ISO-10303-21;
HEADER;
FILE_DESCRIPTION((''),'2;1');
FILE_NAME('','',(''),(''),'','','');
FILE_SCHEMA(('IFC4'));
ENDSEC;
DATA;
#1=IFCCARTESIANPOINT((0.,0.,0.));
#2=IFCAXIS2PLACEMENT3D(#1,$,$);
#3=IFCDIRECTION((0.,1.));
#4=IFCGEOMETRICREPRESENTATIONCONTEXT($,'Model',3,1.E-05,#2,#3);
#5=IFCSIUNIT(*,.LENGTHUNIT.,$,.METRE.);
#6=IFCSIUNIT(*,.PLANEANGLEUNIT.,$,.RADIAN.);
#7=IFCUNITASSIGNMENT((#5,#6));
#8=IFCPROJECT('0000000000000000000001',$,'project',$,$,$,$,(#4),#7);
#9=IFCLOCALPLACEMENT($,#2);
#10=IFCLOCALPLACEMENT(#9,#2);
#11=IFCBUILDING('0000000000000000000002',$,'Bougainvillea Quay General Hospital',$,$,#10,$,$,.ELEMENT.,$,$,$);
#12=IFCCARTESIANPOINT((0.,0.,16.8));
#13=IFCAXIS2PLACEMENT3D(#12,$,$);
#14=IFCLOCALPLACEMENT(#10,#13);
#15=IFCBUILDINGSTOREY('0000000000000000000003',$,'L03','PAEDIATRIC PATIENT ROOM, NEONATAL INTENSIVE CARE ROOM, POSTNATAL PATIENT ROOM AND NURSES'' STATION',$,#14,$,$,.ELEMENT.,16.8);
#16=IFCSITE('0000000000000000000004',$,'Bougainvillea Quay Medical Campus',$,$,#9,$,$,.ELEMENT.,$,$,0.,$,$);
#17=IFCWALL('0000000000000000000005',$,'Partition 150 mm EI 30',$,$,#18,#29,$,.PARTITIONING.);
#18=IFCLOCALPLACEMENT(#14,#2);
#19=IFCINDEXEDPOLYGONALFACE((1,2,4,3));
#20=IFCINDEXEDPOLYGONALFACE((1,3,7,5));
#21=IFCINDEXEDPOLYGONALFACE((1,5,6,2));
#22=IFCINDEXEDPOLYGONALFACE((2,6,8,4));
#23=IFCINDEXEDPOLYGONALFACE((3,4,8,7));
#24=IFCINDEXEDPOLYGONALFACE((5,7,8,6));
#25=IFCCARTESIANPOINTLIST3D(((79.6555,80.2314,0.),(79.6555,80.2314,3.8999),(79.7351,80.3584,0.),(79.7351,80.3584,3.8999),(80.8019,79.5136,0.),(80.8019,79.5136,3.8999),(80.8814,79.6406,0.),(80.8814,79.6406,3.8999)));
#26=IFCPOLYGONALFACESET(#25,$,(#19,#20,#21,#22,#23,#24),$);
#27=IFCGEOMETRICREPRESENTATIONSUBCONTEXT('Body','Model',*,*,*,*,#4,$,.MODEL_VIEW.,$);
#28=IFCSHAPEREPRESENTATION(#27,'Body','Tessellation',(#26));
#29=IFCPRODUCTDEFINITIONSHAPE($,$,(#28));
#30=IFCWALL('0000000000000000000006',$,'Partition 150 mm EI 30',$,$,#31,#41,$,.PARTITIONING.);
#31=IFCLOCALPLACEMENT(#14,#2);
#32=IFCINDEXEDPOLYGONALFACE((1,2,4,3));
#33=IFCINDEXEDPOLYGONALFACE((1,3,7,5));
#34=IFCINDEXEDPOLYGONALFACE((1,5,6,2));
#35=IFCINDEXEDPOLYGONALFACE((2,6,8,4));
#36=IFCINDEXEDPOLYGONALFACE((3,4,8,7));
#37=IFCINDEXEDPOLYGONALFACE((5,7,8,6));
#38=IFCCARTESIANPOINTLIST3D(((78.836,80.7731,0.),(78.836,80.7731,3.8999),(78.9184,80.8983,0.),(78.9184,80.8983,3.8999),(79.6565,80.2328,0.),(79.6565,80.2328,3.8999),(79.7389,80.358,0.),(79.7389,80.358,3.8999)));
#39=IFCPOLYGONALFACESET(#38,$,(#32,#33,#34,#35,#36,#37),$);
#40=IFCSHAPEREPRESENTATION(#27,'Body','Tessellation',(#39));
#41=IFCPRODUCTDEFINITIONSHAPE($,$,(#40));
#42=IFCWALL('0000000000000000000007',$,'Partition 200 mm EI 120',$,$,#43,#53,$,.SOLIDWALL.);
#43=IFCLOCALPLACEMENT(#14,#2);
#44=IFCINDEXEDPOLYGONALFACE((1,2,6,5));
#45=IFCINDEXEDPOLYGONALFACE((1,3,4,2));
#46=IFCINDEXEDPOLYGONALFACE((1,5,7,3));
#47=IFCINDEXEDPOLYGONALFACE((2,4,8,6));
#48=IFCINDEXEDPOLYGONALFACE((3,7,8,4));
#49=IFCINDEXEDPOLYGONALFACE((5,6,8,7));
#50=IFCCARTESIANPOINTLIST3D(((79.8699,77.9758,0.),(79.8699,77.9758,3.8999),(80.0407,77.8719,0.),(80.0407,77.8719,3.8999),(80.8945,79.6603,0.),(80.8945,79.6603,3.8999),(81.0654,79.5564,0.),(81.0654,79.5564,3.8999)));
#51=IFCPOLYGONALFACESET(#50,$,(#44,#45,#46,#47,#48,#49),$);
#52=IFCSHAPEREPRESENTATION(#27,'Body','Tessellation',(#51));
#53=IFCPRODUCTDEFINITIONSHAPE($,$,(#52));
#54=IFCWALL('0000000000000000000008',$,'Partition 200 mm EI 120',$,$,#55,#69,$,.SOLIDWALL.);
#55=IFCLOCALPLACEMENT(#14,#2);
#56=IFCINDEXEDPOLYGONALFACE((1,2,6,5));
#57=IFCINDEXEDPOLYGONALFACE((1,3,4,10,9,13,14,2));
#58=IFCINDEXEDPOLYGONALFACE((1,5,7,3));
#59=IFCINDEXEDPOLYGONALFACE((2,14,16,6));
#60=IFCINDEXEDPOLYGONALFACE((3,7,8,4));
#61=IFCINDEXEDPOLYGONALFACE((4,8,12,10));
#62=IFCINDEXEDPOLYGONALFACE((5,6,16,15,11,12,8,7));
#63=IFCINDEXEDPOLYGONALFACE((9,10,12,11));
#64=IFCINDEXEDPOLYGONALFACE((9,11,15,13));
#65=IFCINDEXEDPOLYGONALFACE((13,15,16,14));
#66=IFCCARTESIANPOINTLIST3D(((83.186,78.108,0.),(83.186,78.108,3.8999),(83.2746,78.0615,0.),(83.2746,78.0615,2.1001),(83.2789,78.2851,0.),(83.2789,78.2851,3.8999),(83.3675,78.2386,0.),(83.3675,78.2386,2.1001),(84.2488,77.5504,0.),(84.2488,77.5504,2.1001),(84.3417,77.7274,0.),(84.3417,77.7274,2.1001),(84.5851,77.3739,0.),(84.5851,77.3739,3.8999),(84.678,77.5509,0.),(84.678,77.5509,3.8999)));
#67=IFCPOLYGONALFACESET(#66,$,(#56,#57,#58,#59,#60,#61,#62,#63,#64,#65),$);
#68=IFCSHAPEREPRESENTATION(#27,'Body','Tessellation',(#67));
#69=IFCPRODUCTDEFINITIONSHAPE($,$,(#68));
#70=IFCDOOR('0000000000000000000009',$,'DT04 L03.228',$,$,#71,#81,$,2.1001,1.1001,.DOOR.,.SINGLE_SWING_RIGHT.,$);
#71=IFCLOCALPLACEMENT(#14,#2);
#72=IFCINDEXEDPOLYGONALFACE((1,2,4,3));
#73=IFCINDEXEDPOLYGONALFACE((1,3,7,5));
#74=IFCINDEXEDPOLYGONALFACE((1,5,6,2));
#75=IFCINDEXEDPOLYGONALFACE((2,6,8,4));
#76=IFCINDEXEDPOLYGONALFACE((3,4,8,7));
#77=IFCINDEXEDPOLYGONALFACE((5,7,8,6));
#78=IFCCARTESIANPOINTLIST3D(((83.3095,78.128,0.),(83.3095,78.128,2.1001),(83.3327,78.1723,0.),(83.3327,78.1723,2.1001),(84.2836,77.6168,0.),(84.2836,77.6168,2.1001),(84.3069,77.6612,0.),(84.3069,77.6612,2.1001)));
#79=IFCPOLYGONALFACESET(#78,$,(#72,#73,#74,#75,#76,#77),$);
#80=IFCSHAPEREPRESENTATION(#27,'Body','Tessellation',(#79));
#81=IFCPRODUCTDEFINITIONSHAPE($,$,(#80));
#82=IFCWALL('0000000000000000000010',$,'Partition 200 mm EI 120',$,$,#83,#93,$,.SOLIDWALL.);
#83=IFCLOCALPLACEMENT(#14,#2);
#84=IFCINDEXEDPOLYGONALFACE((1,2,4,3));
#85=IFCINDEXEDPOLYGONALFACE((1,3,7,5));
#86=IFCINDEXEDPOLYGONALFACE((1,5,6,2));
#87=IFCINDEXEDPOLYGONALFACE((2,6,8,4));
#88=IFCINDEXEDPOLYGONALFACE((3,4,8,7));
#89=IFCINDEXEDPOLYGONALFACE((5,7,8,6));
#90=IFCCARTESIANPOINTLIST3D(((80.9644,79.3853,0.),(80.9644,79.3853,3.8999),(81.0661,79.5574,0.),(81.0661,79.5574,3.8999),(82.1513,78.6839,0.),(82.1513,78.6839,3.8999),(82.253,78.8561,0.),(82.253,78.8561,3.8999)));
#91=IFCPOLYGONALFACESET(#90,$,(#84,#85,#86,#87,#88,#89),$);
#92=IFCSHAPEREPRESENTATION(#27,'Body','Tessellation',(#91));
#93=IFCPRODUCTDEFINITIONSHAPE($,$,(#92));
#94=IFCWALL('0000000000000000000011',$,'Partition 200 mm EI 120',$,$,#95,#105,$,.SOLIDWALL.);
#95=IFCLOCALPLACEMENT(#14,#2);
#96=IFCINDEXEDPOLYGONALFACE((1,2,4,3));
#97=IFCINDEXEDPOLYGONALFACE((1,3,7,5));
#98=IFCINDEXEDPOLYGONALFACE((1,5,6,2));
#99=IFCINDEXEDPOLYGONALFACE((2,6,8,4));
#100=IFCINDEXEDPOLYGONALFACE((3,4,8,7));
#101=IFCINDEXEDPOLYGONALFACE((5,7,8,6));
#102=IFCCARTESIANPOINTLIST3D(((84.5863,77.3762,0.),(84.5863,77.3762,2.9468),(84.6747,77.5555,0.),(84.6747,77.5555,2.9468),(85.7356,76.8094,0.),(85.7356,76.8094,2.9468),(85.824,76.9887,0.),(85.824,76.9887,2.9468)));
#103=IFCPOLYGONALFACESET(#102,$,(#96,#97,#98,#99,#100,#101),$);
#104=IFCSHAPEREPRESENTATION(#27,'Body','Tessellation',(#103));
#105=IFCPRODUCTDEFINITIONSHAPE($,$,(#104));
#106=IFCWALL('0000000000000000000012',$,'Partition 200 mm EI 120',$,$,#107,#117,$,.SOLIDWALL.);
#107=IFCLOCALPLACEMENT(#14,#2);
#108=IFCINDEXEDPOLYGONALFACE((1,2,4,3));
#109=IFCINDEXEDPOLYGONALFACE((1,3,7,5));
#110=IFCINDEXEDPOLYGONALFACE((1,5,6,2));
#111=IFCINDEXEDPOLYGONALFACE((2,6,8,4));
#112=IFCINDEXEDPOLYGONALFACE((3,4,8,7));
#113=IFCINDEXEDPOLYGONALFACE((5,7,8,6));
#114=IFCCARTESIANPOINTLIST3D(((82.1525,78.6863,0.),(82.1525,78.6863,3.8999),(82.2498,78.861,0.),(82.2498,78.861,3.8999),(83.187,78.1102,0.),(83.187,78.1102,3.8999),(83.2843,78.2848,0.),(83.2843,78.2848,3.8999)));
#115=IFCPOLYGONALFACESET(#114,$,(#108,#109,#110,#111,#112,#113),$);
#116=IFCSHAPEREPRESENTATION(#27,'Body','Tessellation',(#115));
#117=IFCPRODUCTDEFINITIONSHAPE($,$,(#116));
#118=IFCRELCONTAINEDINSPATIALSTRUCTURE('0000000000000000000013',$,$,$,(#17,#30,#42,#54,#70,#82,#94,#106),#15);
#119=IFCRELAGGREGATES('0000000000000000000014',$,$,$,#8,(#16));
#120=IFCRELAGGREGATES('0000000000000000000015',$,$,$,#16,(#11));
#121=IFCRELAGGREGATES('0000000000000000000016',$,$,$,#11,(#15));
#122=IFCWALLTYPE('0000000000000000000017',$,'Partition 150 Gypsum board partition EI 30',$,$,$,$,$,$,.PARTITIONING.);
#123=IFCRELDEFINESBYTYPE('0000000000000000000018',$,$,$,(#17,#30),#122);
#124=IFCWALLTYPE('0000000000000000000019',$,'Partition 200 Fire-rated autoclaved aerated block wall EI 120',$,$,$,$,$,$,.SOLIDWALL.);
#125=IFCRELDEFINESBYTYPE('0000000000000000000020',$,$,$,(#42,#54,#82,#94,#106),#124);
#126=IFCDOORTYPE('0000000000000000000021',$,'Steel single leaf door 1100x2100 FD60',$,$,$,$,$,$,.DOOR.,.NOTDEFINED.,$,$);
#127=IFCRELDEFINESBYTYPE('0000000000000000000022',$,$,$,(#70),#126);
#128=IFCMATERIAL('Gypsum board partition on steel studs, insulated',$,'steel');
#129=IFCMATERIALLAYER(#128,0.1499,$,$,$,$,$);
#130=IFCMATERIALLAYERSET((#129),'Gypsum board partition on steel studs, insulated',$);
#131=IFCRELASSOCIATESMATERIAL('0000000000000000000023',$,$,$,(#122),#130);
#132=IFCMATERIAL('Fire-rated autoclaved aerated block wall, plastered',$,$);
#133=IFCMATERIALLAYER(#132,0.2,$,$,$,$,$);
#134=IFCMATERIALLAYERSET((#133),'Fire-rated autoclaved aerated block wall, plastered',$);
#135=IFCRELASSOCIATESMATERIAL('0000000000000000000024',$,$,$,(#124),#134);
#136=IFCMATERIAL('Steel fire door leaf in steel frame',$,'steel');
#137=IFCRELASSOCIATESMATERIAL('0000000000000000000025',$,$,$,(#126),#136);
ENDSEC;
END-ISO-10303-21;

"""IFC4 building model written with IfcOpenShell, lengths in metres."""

from ifc_helpers import new_model, si_unit, direction, frame, frame_2d, origin, place, context, subcontext, project, spatial, rectangle, extrude, material, layer, layer_set, type_object, element, fill, save


model = new_model("IFC4")

# Units and contexts
model_context = context("Model", 3, precision=1e-05, world=origin(), true_north=direction((0.0, 1.0)))
body_context = subcontext(model_context, "Body", "Model", "MODEL_VIEW")
ifc_project = project(units=[si_unit("LENGTHUNIT", "METRE"), si_unit("PLANEANGLEUNIT", "RADIAN")], contexts=[model_context])

# Site, building, storey
site_placement = place(None, origin())
site = spatial("IfcSite", under=ifc_project, at=site_placement, Name="Bougainvillea Quay Medical Campus", CompositionType="ELEMENT", RefElevation=0.0)
building_placement = place(site_placement, origin())
building = spatial("IfcBuilding", under=site, at=building_placement, Name="Bougainvillea Quay General Hospital", CompositionType="ELEMENT")
storey_placement = place(building_placement, frame((0.0, 0.0, 16.8)))
storey = spatial("IfcBuildingStorey", under=building, at=storey_placement, Name="L03", Description="PAEDIATRIC PATIENT ROOM, NEONATAL INTENSIVE CARE ROOM, POSTNATAL PATIENT ROOM AND NURSES' STATION", CompositionType="ELEMENT", Elevation=16.8)

# Walls
ifc_material_1 = material(Name="Gypsum board partition on steel studs, insulated", Category="steel")
ifc_layer_1 = layer(ifc_material_1, 0.1499)
ifc_layer_set_1 = layer_set([ifc_layer_1], Name="Gypsum board partition on steel studs, insulated")
wall_type_1 = type_object("IfcWallType", Name="Partition 150 Gypsum board partition EI 30", PredefinedType="PARTITIONING", material=ifc_layer_set_1)
wall_1_placement = place(storey_placement, frame((79.6953, 80.2949, 0.0), z_axis=(0.0, 0.0, 1.0), x_axis=(0.847542, -0.530729, 0.0)))
element("IfcWall", 1, at=wall_1_placement, inside=storey, type_object=wall_type_1, Name="Partition 150 mm EI 30", PredefinedType="PARTITIONING", context=body_context, shape_type="SweptSolid", body=[
    extrude(rectangle(XDim=1.3525, YDim=0.1499, at=frame_2d((0.6763, 0.0))), origin(), (0.0, 0.0, 1.0), 3.8999),
])
wall_2_placement = place(storey_placement, frame((78.8772, 80.8357, 0.0), z_axis=(0.0, 0.0, 1.0), x_axis=(0.83521, -0.549931, 0.0)))
element("IfcWall", 2, at=wall_2_placement, inside=storey, type_object=wall_type_1, Name="Partition 150 mm EI 30", PredefinedType="PARTITIONING", context=body_context, shape_type="SweptSolid", body=[
    extrude(rectangle(XDim=0.9824, YDim=0.1499, at=frame_2d((0.4912, 0.0))), origin(), (0.0, 0.0, 1.0), 3.8999),
])
ifc_material_2 = material(Name="Fire-rated autoclaved aerated block wall, plastered")
ifc_layer_2 = layer(ifc_material_2, 0.2)
ifc_layer_set_2 = layer_set([ifc_layer_2], Name="Fire-rated autoclaved aerated block wall, plastered")
wall_type_2 = type_object("IfcWallType", Name="Partition 200 Fire-rated autoclaved aerated block wall EI 120", PredefinedType="SOLIDWALL", material=ifc_layer_set_2)
wall_3_placement = place(storey_placement, frame((79.9553, 77.9238, 0.0), z_axis=(0.0, 0.0, 1.0), x_axis=(0.519676, 0.854363, 0.0)))
element("IfcWall", 3, at=wall_3_placement, inside=storey, type_object=wall_type_2, Name="Partition 200 mm EI 120", PredefinedType="SOLIDWALL", context=body_context, shape_type="SweptSolid", body=[
    extrude(rectangle(XDim=1.9717, YDim=0.2, at=frame_2d((0.9858, 0.0))), origin(), (0.0, 0.0, 1.0), 3.8999),
])

# Wall, opening, door
wall_4_placement = place(storey_placement, frame((83.2324, 78.1965, 0.0), z_axis=(0.0, 0.0, 1.0), x_axis=(0.885511, -0.464619, 0.0)))
wall_4 = element("IfcWall", 4, at=wall_4_placement, inside=storey, type_object=wall_type_2, Name="Partition 200 mm EI 120", PredefinedType="SOLIDWALL", context=body_context, shape_type="SweptSolid", body=[
    extrude(rectangle(XDim=1.5801, YDim=0.2, at=frame_2d((0.79, 0.0))), origin(), (0.0, 0.0, 1.0), 3.8999),
])
opening_placement = place(wall_4_placement, frame((0.1001, 0.0, 0.0)))
opening = element("IfcOpeningElement", 5, at=opening_placement, cuts=wall_4, PredefinedType="OPENING", context=body_context, shape_type="SweptSolid", body=[
    extrude(rectangle(XDim=1.1001, YDim=2.1001, at=frame_2d((0.55, 1.05))), frame((0.0, 0.1099, 0.0), z_axis=(0.0, -1.0, 0.0), x_axis=(1.0, 0.0, 0.0)), (0.0, 0.0, 1.0), 0.22),
])
ifc_material_3 = material(Name="Steel fire door leaf in steel frame", Category="steel")
door_type = type_object("IfcDoorType", Name="Steel single leaf door 1100x2100 FD60", OperationType="NOTDEFINED", PredefinedType="DOOR", material=ifc_material_3)
door_placement = place(opening_placement, frame((1.1001, 0.0, 0.0), z_axis=(0.0, 0.0, 1.0), x_axis=(-1.0, 0.0, 0.0)))
door = element("IfcDoor", 6, at=door_placement, inside=storey, type_object=door_type, Name="DT04 L03.228", OperationType="SINGLE_SWING_RIGHT", OverallHeight=2.1001, OverallWidth=1.1001, PredefinedType="DOOR", context=body_context, shape_type="SweptSolid", body=[
    extrude(rectangle(XDim=1.1001, YDim=2.1001, at=frame_2d((0.55, 1.05))), frame((0.0, 0.0249, 0.0), z_axis=(0.0, -1.0, 0.0), x_axis=(1.0, 0.0, 0.0)), (0.0, 0.0, 1.0), 0.05),
])
fill(opening, door)

# Walls
wall_5_placement = place(storey_placement, frame((81.0151, 79.4714, 0.0), z_axis=(0.0, 0.0, 1.0), x_axis=(0.860927, -0.508729, 0.0)))
element("IfcWall", 7, at=wall_5_placement, inside=storey, type_object=wall_type_2, Name="Partition 200 mm EI 120", PredefinedType="SOLIDWALL", context=body_context, shape_type="SweptSolid", body=[
    extrude(rectangle(XDim=1.3787, YDim=0.2, at=frame_2d((0.6895, 0.0))), origin(), (0.0, 0.0, 1.0), 3.8999),
])
wall_6_placement = place(storey_placement, frame((84.6306, 77.4658, 0.0), z_axis=(0.0, 0.0, 1.0), x_axis=(0.896852, -0.44233, 0.0)))
element("IfcWall", 8, at=wall_6_placement, inside=storey, type_object=wall_type_2, Name="Partition 200 mm EI 120", PredefinedType="SOLIDWALL", context=body_context, shape_type="SweptSolid", body=[
    extrude(rectangle(XDim=1.2815, YDim=0.2, at=frame_2d((0.6406, 0.0))), origin(), (0.0, 0.0, 1.0), 2.9468),
])
wall_7_placement = place(storey_placement, frame((82.2012, 78.7737, 0.0), z_axis=(0.0, 0.0, 1.0), x_axis=(0.873622, -0.486605, 0.0)))
element("IfcWall", 9, at=wall_7_placement, inside=storey, type_object=wall_type_2, Name="Partition 200 mm EI 120", PredefinedType="SOLIDWALL", context=body_context, shape_type="SweptSolid", body=[
    extrude(rectangle(XDim=1.1841, YDim=0.2, at=frame_2d((0.592, 0.0))), origin(), (0.0, 0.0, 1.0), 3.8999),
])

save(model, "model.ifc")
